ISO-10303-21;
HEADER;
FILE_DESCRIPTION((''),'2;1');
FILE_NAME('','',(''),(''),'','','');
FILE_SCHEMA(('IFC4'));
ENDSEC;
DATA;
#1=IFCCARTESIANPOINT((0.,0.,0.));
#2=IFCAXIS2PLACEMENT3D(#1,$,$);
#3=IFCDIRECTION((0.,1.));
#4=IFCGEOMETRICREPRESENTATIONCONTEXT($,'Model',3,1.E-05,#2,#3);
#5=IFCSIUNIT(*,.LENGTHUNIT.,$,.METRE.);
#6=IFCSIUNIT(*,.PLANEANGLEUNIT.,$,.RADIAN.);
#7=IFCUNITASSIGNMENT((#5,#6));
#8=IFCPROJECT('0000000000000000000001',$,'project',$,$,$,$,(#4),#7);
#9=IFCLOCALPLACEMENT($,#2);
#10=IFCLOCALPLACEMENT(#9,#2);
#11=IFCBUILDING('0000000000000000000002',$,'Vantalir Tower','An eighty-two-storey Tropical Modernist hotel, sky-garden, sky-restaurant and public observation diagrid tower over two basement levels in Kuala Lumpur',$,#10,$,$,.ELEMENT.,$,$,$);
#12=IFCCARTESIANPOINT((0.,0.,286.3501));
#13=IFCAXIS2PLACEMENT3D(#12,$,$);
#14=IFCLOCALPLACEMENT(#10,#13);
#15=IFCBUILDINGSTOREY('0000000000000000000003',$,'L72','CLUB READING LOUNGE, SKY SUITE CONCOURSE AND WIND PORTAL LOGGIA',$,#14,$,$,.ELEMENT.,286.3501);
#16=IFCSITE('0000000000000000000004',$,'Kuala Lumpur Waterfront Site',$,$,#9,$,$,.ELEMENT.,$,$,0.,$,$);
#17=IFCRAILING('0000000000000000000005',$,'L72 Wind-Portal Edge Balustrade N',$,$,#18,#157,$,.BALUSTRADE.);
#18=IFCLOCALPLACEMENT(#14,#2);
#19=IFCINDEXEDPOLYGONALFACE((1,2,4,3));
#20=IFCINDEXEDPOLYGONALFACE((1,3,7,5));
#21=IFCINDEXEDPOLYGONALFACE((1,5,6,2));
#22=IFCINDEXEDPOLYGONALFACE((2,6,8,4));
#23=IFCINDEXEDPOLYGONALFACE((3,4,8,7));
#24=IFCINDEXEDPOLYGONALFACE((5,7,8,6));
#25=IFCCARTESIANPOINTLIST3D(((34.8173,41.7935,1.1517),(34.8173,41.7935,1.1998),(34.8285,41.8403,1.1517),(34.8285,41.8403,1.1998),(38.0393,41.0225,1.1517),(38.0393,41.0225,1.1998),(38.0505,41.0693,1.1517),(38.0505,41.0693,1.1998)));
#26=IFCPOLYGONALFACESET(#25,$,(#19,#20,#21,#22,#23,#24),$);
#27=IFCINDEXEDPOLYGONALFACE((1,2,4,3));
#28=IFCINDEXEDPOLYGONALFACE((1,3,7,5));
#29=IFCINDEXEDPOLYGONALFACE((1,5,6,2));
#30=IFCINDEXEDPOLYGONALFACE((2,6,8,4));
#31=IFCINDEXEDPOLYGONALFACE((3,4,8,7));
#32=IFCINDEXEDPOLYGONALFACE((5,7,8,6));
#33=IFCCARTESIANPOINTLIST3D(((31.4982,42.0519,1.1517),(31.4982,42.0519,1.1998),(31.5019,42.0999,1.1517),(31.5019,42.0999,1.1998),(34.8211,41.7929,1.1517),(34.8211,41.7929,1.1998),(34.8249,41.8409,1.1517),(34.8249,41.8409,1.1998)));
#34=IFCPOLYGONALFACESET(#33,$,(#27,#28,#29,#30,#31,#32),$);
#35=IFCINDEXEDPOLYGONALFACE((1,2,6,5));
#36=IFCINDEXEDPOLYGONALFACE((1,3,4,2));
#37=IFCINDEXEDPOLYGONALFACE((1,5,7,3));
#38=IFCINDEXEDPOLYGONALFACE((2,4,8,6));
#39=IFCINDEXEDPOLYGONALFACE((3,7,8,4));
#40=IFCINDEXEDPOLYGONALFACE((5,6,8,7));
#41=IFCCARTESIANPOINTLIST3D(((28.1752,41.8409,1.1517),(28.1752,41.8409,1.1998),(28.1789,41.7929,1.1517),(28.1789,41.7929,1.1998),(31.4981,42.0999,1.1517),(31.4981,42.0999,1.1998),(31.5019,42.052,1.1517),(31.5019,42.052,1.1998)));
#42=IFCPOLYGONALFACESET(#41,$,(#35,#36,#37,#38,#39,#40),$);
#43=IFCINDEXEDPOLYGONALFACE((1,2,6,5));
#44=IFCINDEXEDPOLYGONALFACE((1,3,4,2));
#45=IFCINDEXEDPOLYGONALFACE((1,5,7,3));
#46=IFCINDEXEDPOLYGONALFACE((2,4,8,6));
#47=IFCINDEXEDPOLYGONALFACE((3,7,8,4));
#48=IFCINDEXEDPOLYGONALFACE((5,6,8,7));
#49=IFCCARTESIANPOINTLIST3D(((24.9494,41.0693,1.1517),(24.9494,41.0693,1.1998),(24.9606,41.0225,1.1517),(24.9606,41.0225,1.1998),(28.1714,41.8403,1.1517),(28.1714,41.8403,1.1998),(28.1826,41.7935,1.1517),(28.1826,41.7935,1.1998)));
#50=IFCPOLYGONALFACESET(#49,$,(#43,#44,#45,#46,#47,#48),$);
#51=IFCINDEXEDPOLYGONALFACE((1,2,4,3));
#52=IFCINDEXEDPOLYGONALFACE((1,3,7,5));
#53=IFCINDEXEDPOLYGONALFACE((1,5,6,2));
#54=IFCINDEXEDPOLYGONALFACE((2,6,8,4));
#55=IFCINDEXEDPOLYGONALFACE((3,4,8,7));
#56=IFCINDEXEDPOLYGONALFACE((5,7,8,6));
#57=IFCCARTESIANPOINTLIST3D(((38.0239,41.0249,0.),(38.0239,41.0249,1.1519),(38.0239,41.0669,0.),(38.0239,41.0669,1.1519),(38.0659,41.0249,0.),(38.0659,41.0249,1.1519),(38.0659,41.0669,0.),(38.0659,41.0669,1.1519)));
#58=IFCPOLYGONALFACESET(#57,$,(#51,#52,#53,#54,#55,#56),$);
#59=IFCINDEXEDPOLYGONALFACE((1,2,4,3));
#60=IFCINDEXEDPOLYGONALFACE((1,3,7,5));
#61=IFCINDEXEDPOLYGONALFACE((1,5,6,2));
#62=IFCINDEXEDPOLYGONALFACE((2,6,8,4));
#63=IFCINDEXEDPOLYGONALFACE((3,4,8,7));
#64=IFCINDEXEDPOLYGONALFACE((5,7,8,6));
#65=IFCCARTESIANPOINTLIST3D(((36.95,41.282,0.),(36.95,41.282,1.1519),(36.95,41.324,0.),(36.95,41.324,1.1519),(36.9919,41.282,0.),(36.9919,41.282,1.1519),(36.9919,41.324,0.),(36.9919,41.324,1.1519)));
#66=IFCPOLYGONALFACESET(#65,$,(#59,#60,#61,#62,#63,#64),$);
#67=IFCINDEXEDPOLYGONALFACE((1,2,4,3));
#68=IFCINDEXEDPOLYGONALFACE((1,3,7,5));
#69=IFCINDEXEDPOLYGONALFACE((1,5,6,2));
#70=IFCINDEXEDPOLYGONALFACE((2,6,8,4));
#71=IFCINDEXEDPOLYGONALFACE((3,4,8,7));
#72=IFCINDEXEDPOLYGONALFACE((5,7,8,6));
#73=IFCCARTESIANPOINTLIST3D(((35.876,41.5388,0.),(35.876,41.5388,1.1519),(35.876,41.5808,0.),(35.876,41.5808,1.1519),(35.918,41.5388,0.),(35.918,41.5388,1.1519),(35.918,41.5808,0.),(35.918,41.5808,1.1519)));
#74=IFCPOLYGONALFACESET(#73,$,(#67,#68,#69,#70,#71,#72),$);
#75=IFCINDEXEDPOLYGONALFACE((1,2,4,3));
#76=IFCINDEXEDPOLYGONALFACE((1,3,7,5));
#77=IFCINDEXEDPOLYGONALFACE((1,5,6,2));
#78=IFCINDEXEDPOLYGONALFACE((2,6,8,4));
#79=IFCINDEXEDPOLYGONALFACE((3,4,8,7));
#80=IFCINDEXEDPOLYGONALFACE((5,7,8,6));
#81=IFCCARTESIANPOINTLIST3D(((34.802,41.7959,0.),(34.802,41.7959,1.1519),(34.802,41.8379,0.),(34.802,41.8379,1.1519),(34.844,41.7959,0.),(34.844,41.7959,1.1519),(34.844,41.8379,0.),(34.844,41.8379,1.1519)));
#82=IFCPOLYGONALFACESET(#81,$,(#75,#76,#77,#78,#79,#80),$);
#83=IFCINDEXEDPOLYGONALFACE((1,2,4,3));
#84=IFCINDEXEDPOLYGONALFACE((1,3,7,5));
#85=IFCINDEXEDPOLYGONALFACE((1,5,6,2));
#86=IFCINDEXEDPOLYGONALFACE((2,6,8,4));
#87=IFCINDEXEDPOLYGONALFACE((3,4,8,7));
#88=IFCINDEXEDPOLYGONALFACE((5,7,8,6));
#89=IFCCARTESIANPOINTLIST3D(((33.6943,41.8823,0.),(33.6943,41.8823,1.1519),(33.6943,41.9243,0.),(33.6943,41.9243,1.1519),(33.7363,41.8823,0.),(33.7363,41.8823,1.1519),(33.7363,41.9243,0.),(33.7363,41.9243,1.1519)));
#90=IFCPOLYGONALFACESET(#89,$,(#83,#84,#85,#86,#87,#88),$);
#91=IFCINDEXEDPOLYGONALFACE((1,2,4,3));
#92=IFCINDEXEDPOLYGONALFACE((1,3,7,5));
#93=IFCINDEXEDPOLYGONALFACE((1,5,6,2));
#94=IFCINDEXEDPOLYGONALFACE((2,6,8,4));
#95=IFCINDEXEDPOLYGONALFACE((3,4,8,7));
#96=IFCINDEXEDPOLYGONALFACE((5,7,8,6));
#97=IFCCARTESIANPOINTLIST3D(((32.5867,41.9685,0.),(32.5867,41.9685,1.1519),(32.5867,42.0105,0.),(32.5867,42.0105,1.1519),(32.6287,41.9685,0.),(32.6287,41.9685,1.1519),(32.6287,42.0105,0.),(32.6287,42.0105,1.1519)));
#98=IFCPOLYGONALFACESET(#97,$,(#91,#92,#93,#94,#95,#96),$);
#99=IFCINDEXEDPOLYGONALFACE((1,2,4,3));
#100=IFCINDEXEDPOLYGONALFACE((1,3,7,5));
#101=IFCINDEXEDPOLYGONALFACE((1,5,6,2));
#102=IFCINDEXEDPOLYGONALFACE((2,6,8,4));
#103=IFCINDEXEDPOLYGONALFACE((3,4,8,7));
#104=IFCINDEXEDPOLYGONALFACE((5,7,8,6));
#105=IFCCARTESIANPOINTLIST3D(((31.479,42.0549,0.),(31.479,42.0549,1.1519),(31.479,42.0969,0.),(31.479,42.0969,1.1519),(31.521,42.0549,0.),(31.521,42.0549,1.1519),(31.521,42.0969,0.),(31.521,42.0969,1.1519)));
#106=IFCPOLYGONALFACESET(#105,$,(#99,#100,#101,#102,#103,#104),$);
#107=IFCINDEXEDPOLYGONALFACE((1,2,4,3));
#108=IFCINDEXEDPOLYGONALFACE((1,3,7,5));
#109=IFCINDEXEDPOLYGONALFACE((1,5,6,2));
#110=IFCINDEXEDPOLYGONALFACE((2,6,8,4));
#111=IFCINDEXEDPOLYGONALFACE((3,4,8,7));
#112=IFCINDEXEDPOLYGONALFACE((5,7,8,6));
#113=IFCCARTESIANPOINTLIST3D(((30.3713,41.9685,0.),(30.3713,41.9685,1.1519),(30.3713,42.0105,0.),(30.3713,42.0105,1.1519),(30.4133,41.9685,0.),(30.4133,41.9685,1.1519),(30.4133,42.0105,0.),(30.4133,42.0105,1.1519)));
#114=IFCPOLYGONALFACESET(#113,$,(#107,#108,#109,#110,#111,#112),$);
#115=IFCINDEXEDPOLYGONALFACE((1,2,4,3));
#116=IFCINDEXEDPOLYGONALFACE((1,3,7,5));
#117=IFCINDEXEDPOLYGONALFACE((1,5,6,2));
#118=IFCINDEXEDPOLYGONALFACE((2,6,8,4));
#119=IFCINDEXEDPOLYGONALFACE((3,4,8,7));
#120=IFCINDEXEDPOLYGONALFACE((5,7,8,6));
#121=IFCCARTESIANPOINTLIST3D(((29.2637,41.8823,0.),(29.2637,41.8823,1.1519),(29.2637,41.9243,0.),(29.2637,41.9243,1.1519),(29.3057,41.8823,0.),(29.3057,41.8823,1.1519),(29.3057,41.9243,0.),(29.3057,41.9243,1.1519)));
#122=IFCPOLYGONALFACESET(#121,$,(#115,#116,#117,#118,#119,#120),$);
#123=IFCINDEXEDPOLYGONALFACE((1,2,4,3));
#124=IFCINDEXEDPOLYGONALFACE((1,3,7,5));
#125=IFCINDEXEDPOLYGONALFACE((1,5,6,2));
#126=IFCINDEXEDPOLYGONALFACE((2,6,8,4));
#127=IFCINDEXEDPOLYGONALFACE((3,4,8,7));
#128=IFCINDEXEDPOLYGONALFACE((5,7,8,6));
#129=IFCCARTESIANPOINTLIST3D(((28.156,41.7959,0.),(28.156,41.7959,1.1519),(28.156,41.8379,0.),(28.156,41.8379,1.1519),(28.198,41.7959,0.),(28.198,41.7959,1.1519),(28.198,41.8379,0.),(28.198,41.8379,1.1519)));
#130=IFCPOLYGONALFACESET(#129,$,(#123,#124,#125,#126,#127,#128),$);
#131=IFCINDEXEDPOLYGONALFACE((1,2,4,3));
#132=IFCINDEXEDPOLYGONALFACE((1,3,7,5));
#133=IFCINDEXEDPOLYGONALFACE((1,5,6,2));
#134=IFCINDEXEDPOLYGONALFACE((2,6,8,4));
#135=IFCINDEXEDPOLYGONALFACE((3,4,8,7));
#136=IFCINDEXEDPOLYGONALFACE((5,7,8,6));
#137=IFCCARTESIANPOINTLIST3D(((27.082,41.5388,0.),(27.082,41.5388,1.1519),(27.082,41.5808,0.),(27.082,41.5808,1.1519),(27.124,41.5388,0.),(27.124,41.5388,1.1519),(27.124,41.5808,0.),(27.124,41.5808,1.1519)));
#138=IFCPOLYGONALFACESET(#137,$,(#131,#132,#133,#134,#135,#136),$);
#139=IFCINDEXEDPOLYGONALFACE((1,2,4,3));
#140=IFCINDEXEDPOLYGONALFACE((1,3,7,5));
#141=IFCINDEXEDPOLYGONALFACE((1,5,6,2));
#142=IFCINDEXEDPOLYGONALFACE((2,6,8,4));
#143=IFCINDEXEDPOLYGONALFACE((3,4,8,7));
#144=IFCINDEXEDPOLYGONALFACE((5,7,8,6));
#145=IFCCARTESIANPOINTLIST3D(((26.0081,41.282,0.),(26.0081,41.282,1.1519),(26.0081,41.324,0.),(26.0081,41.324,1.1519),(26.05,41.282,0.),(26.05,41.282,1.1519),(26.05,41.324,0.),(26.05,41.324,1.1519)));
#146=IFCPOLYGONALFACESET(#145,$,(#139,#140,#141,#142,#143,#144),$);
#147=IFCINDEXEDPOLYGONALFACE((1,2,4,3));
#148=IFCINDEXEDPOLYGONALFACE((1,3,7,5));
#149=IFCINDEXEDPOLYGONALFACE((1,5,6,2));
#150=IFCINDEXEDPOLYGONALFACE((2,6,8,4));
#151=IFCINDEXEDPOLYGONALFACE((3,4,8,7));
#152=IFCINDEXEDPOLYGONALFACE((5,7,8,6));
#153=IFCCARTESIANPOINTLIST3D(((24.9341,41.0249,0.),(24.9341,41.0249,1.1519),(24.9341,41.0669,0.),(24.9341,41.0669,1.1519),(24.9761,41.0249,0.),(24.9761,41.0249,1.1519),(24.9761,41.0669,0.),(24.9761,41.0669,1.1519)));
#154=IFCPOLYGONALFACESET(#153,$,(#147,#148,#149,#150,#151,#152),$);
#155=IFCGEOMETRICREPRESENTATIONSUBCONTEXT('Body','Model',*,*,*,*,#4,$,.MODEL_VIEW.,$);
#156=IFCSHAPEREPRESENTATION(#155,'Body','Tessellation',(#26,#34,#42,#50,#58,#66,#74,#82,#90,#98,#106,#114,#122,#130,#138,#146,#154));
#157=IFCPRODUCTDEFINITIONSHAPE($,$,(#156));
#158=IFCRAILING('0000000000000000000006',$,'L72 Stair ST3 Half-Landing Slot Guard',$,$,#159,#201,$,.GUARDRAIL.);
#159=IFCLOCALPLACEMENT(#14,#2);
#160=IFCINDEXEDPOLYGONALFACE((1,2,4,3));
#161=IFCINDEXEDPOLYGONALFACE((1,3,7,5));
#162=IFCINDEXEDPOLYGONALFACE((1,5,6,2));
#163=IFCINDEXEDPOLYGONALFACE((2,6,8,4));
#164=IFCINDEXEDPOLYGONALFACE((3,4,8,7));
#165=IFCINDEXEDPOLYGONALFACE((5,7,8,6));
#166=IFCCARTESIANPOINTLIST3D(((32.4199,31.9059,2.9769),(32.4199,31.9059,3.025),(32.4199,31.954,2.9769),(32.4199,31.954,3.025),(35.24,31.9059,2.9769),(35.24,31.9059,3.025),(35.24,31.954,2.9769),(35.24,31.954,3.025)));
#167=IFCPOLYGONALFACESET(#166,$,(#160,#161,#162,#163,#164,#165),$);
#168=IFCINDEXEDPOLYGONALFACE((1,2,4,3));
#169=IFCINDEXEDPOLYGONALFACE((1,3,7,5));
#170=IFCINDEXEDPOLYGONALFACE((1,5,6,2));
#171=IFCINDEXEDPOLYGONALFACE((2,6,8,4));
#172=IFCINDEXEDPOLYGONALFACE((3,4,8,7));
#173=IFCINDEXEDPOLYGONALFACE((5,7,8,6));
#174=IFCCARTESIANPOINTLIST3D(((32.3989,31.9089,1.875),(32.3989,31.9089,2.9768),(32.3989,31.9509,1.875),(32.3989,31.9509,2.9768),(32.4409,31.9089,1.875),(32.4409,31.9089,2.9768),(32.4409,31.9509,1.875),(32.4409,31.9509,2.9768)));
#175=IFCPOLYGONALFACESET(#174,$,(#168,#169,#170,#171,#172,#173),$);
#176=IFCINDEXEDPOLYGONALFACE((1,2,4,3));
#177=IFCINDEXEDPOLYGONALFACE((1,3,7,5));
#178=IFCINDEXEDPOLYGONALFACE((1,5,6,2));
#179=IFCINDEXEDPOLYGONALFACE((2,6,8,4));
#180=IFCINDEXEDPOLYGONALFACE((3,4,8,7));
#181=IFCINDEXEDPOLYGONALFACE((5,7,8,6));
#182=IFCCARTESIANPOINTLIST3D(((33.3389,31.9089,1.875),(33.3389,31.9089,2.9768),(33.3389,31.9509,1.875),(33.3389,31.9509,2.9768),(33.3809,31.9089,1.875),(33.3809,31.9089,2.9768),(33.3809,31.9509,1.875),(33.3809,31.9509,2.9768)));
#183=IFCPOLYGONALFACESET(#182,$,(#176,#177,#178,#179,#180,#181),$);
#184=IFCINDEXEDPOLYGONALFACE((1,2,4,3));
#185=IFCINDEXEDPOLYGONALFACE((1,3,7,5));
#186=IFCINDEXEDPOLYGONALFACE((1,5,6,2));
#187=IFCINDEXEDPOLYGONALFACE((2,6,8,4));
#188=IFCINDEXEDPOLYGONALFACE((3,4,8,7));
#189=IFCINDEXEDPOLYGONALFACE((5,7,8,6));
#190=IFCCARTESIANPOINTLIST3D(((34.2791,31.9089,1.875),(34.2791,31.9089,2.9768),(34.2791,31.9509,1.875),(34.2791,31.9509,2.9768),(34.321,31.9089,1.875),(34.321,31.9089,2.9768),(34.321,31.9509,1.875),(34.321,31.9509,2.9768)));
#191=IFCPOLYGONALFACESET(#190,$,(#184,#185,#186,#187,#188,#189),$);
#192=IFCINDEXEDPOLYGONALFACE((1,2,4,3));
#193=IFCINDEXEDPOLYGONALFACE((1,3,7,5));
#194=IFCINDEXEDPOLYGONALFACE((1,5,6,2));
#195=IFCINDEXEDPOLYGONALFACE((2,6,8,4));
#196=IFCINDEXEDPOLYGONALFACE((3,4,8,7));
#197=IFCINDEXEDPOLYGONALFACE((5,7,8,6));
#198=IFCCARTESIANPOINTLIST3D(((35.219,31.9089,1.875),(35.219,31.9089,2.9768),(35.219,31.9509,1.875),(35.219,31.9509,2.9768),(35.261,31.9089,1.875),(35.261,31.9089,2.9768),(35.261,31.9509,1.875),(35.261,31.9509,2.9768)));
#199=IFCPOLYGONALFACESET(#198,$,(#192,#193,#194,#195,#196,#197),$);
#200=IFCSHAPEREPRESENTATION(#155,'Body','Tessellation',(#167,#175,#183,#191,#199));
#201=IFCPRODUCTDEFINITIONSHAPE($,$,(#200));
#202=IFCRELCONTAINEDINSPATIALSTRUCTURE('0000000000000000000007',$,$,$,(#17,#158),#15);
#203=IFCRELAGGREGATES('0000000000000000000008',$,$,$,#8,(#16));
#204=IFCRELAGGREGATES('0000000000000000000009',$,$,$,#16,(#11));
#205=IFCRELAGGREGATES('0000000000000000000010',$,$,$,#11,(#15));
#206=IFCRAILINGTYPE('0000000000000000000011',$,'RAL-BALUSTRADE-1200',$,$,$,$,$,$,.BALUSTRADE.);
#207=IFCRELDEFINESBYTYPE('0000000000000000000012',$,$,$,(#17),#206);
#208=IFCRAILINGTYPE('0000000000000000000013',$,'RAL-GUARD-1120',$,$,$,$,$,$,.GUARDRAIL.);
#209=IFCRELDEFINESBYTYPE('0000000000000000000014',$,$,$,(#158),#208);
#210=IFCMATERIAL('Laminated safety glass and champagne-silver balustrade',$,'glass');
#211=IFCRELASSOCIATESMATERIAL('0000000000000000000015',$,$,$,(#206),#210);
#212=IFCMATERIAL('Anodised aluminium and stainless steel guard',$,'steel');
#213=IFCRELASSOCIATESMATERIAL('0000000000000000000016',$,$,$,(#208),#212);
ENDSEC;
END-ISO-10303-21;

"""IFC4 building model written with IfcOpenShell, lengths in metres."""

from ifc_helpers import new_model, si_unit, direction, frame, origin, origin_2d, place, context, subcontext, project, spatial, rectangle, extrude, material, type_object, element, save


model = new_model("IFC4")

# Units and contexts
model_context = context("Model", 3, precision=1e-05, world=origin(), true_north=direction((0.0, 1.0)))
body_context = subcontext(model_context, "Body", "Model", "MODEL_VIEW")
ifc_project = project(units=[si_unit("LENGTHUNIT", "METRE"), si_unit("PLANEANGLEUNIT", "RADIAN")], contexts=[model_context])

# Site, building, storey
site_placement = place(None, origin())
site = spatial("IfcSite", under=ifc_project, at=site_placement, Name="Kuala Lumpur Waterfront Site", CompositionType="ELEMENT", RefElevation=0.0)
building_placement = place(site_placement, origin())
building = spatial("IfcBuilding", under=site, at=building_placement, Name="Vantalir Tower", Description="An eighty-two-storey Tropical Modernist hotel, sky-garden, sky-restaurant and public observation diagrid tower over two basement levels in Kuala Lumpur", CompositionType="ELEMENT")
storey_placement = place(building_placement, frame((0.0, 0.0, 286.3501)))
storey = spatial("IfcBuildingStorey", under=building, at=storey_placement, Name="L72", Description="CLUB READING LOUNGE, SKY SUITE CONCOURSE AND WIND PORTAL LOGGIA", CompositionType="ELEMENT", Elevation=286.3501)

# Railings
ifc_material_1 = material(Name="Laminated safety glass and champagne-silver balustrade", Category="glass")
railing_type_1 = type_object("IfcRailingType", Name="RAL-BALUSTRADE-1200", PredefinedType="BALUSTRADE", material=ifc_material_1)
railing_1_placement = place(storey_placement, frame((38.0449, 41.0459, 0.0)))
element("IfcRailing", 1, at=railing_1_placement, inside=storey, type_object=railing_type_1, Name="L72 Wind-Portal Edge Balustrade N", PredefinedType="BALUSTRADE", context=body_context, shape_type="SweptSolid", body=[
    extrude(rectangle(XDim=0.0481, YDim=0.0481, at=origin_2d()), frame((0.0, 0.0, 1.1758), z_axis=(-0.972542, 0.232726, 0.0), x_axis=(-0.232726, -0.972542, 0.0)), (0.0, 0.0, 1.0), 3.313),
    extrude(rectangle(XDim=0.0481, YDim=0.0481, at=origin_2d()), frame((-3.2219, 0.771, 1.1758), z_axis=(-0.996976, 0.077716, 0.0), x_axis=(-0.077716, -0.996976, 0.0)), (0.0, 0.0, 1.0), 3.333),
    extrude(rectangle(XDim=0.0481, YDim=0.0481, at=origin_2d()), frame((-6.5449, 1.03, 1.1758), z_axis=(-0.996976, -0.077716, 0.0), x_axis=(0.077716, -0.996976, 0.0)), (0.0, 0.0, 1.0), 3.333),
    extrude(rectangle(XDim=0.0481, YDim=0.0481, at=origin_2d()), frame((-9.8679, 0.771, 1.1758), z_axis=(-0.972542, -0.232726, 0.0), x_axis=(0.232726, -0.972542, 0.0)), (0.0, 0.0, 1.0), 3.313),
    extrude(rectangle(XDim=0.042, YDim=0.042, at=origin_2d()), origin(), (0.0, 0.0, 1.0), 1.1519),
    extrude(rectangle(XDim=0.042, YDim=0.042, at=origin_2d()), frame((-1.074, 0.2571, 0.0)), (0.0, 0.0, 1.0), 1.1519),
    extrude(rectangle(XDim=0.042, YDim=0.042, at=origin_2d()), frame((-2.1479, 0.5139, 0.0)), (0.0, 0.0, 1.0), 1.1519),
    extrude(rectangle(XDim=0.042, YDim=0.042, at=origin_2d()), frame((-3.2219, 0.771, 0.0)), (0.0, 0.0, 1.0), 1.1519),
    extrude(rectangle(XDim=0.042, YDim=0.042, at=origin_2d()), frame((-4.3296, 0.8574, 0.0)), (0.0, 0.0, 1.0), 1.1519),
    extrude(rectangle(XDim=0.042, YDim=0.042, at=origin_2d()), frame((-5.4373, 0.9436, 0.0)), (0.0, 0.0, 1.0), 1.1519),
    extrude(rectangle(XDim=0.042, YDim=0.042, at=origin_2d()), frame((-6.5449, 1.03, 0.0)), (0.0, 0.0, 1.0), 1.1519),
    extrude(rectangle(XDim=0.042, YDim=0.042, at=origin_2d()), frame((-7.6526, 0.9436, 0.0)), (0.0, 0.0, 1.0), 1.1519),
    extrude(rectangle(XDim=0.042, YDim=0.042, at=origin_2d()), frame((-8.7603, 0.8574, 0.0)), (0.0, 0.0, 1.0), 1.1519),
    extrude(rectangle(XDim=0.042, YDim=0.042, at=origin_2d()), frame((-9.8679, 0.771, 0.0)), (0.0, 0.0, 1.0), 1.1519),
    extrude(rectangle(XDim=0.042, YDim=0.042, at=origin_2d()), frame((-10.9419, 0.5139, 0.0)), (0.0, 0.0, 1.0), 1.1519),
    extrude(rectangle(XDim=0.042, YDim=0.042, at=origin_2d()), frame((-12.0159, 0.2571, 0.0)), (0.0, 0.0, 1.0), 1.1519),
    extrude(rectangle(XDim=0.042, YDim=0.042, at=origin_2d()), frame((-13.0898, 0.0, 0.0)), (0.0, 0.0, 1.0), 1.1519),
])
ifc_material_2 = material(Name="Anodised aluminium and stainless steel guard", Category="steel")
railing_type_2 = type_object("IfcRailingType", Name="RAL-GUARD-1120", PredefinedType="GUARDRAIL", material=ifc_material_2)
railing_2_placement = place(storey_placement, frame((32.4199, 31.9299, 1.875)))
element("IfcRailing", 2, at=railing_2_placement, inside=storey, type_object=railing_type_2, Name="L72 Stair ST3 Half-Landing Slot Guard", PredefinedType="GUARDRAIL", context=body_context, shape_type="SweptSolid", body=[
    extrude(rectangle(XDim=0.0481, YDim=0.0481, at=origin_2d()), frame((0.0, 0.0, 1.126), z_axis=(1.0, 0.0, 0.0), x_axis=(0.0, 1.0, 0.0)), (0.0, 0.0, 1.0), 2.8201),
    extrude(rectangle(XDim=0.042, YDim=0.042, at=origin_2d()), origin(), (0.0, 0.0, 1.0), 1.1018),
    extrude(rectangle(XDim=0.042, YDim=0.042, at=origin_2d()), frame((0.9399, 0.0, 0.0)), (0.0, 0.0, 1.0), 1.1018),
    extrude(rectangle(XDim=0.042, YDim=0.042, at=origin_2d()), frame((1.8801, 0.0, 0.0)), (0.0, 0.0, 1.0), 1.1018),
    extrude(rectangle(XDim=0.042, YDim=0.042, at=origin_2d()), frame((2.8201, 0.0, 0.0)), (0.0, 0.0, 1.0), 1.1018),
])

save(model, "model.ifc")
